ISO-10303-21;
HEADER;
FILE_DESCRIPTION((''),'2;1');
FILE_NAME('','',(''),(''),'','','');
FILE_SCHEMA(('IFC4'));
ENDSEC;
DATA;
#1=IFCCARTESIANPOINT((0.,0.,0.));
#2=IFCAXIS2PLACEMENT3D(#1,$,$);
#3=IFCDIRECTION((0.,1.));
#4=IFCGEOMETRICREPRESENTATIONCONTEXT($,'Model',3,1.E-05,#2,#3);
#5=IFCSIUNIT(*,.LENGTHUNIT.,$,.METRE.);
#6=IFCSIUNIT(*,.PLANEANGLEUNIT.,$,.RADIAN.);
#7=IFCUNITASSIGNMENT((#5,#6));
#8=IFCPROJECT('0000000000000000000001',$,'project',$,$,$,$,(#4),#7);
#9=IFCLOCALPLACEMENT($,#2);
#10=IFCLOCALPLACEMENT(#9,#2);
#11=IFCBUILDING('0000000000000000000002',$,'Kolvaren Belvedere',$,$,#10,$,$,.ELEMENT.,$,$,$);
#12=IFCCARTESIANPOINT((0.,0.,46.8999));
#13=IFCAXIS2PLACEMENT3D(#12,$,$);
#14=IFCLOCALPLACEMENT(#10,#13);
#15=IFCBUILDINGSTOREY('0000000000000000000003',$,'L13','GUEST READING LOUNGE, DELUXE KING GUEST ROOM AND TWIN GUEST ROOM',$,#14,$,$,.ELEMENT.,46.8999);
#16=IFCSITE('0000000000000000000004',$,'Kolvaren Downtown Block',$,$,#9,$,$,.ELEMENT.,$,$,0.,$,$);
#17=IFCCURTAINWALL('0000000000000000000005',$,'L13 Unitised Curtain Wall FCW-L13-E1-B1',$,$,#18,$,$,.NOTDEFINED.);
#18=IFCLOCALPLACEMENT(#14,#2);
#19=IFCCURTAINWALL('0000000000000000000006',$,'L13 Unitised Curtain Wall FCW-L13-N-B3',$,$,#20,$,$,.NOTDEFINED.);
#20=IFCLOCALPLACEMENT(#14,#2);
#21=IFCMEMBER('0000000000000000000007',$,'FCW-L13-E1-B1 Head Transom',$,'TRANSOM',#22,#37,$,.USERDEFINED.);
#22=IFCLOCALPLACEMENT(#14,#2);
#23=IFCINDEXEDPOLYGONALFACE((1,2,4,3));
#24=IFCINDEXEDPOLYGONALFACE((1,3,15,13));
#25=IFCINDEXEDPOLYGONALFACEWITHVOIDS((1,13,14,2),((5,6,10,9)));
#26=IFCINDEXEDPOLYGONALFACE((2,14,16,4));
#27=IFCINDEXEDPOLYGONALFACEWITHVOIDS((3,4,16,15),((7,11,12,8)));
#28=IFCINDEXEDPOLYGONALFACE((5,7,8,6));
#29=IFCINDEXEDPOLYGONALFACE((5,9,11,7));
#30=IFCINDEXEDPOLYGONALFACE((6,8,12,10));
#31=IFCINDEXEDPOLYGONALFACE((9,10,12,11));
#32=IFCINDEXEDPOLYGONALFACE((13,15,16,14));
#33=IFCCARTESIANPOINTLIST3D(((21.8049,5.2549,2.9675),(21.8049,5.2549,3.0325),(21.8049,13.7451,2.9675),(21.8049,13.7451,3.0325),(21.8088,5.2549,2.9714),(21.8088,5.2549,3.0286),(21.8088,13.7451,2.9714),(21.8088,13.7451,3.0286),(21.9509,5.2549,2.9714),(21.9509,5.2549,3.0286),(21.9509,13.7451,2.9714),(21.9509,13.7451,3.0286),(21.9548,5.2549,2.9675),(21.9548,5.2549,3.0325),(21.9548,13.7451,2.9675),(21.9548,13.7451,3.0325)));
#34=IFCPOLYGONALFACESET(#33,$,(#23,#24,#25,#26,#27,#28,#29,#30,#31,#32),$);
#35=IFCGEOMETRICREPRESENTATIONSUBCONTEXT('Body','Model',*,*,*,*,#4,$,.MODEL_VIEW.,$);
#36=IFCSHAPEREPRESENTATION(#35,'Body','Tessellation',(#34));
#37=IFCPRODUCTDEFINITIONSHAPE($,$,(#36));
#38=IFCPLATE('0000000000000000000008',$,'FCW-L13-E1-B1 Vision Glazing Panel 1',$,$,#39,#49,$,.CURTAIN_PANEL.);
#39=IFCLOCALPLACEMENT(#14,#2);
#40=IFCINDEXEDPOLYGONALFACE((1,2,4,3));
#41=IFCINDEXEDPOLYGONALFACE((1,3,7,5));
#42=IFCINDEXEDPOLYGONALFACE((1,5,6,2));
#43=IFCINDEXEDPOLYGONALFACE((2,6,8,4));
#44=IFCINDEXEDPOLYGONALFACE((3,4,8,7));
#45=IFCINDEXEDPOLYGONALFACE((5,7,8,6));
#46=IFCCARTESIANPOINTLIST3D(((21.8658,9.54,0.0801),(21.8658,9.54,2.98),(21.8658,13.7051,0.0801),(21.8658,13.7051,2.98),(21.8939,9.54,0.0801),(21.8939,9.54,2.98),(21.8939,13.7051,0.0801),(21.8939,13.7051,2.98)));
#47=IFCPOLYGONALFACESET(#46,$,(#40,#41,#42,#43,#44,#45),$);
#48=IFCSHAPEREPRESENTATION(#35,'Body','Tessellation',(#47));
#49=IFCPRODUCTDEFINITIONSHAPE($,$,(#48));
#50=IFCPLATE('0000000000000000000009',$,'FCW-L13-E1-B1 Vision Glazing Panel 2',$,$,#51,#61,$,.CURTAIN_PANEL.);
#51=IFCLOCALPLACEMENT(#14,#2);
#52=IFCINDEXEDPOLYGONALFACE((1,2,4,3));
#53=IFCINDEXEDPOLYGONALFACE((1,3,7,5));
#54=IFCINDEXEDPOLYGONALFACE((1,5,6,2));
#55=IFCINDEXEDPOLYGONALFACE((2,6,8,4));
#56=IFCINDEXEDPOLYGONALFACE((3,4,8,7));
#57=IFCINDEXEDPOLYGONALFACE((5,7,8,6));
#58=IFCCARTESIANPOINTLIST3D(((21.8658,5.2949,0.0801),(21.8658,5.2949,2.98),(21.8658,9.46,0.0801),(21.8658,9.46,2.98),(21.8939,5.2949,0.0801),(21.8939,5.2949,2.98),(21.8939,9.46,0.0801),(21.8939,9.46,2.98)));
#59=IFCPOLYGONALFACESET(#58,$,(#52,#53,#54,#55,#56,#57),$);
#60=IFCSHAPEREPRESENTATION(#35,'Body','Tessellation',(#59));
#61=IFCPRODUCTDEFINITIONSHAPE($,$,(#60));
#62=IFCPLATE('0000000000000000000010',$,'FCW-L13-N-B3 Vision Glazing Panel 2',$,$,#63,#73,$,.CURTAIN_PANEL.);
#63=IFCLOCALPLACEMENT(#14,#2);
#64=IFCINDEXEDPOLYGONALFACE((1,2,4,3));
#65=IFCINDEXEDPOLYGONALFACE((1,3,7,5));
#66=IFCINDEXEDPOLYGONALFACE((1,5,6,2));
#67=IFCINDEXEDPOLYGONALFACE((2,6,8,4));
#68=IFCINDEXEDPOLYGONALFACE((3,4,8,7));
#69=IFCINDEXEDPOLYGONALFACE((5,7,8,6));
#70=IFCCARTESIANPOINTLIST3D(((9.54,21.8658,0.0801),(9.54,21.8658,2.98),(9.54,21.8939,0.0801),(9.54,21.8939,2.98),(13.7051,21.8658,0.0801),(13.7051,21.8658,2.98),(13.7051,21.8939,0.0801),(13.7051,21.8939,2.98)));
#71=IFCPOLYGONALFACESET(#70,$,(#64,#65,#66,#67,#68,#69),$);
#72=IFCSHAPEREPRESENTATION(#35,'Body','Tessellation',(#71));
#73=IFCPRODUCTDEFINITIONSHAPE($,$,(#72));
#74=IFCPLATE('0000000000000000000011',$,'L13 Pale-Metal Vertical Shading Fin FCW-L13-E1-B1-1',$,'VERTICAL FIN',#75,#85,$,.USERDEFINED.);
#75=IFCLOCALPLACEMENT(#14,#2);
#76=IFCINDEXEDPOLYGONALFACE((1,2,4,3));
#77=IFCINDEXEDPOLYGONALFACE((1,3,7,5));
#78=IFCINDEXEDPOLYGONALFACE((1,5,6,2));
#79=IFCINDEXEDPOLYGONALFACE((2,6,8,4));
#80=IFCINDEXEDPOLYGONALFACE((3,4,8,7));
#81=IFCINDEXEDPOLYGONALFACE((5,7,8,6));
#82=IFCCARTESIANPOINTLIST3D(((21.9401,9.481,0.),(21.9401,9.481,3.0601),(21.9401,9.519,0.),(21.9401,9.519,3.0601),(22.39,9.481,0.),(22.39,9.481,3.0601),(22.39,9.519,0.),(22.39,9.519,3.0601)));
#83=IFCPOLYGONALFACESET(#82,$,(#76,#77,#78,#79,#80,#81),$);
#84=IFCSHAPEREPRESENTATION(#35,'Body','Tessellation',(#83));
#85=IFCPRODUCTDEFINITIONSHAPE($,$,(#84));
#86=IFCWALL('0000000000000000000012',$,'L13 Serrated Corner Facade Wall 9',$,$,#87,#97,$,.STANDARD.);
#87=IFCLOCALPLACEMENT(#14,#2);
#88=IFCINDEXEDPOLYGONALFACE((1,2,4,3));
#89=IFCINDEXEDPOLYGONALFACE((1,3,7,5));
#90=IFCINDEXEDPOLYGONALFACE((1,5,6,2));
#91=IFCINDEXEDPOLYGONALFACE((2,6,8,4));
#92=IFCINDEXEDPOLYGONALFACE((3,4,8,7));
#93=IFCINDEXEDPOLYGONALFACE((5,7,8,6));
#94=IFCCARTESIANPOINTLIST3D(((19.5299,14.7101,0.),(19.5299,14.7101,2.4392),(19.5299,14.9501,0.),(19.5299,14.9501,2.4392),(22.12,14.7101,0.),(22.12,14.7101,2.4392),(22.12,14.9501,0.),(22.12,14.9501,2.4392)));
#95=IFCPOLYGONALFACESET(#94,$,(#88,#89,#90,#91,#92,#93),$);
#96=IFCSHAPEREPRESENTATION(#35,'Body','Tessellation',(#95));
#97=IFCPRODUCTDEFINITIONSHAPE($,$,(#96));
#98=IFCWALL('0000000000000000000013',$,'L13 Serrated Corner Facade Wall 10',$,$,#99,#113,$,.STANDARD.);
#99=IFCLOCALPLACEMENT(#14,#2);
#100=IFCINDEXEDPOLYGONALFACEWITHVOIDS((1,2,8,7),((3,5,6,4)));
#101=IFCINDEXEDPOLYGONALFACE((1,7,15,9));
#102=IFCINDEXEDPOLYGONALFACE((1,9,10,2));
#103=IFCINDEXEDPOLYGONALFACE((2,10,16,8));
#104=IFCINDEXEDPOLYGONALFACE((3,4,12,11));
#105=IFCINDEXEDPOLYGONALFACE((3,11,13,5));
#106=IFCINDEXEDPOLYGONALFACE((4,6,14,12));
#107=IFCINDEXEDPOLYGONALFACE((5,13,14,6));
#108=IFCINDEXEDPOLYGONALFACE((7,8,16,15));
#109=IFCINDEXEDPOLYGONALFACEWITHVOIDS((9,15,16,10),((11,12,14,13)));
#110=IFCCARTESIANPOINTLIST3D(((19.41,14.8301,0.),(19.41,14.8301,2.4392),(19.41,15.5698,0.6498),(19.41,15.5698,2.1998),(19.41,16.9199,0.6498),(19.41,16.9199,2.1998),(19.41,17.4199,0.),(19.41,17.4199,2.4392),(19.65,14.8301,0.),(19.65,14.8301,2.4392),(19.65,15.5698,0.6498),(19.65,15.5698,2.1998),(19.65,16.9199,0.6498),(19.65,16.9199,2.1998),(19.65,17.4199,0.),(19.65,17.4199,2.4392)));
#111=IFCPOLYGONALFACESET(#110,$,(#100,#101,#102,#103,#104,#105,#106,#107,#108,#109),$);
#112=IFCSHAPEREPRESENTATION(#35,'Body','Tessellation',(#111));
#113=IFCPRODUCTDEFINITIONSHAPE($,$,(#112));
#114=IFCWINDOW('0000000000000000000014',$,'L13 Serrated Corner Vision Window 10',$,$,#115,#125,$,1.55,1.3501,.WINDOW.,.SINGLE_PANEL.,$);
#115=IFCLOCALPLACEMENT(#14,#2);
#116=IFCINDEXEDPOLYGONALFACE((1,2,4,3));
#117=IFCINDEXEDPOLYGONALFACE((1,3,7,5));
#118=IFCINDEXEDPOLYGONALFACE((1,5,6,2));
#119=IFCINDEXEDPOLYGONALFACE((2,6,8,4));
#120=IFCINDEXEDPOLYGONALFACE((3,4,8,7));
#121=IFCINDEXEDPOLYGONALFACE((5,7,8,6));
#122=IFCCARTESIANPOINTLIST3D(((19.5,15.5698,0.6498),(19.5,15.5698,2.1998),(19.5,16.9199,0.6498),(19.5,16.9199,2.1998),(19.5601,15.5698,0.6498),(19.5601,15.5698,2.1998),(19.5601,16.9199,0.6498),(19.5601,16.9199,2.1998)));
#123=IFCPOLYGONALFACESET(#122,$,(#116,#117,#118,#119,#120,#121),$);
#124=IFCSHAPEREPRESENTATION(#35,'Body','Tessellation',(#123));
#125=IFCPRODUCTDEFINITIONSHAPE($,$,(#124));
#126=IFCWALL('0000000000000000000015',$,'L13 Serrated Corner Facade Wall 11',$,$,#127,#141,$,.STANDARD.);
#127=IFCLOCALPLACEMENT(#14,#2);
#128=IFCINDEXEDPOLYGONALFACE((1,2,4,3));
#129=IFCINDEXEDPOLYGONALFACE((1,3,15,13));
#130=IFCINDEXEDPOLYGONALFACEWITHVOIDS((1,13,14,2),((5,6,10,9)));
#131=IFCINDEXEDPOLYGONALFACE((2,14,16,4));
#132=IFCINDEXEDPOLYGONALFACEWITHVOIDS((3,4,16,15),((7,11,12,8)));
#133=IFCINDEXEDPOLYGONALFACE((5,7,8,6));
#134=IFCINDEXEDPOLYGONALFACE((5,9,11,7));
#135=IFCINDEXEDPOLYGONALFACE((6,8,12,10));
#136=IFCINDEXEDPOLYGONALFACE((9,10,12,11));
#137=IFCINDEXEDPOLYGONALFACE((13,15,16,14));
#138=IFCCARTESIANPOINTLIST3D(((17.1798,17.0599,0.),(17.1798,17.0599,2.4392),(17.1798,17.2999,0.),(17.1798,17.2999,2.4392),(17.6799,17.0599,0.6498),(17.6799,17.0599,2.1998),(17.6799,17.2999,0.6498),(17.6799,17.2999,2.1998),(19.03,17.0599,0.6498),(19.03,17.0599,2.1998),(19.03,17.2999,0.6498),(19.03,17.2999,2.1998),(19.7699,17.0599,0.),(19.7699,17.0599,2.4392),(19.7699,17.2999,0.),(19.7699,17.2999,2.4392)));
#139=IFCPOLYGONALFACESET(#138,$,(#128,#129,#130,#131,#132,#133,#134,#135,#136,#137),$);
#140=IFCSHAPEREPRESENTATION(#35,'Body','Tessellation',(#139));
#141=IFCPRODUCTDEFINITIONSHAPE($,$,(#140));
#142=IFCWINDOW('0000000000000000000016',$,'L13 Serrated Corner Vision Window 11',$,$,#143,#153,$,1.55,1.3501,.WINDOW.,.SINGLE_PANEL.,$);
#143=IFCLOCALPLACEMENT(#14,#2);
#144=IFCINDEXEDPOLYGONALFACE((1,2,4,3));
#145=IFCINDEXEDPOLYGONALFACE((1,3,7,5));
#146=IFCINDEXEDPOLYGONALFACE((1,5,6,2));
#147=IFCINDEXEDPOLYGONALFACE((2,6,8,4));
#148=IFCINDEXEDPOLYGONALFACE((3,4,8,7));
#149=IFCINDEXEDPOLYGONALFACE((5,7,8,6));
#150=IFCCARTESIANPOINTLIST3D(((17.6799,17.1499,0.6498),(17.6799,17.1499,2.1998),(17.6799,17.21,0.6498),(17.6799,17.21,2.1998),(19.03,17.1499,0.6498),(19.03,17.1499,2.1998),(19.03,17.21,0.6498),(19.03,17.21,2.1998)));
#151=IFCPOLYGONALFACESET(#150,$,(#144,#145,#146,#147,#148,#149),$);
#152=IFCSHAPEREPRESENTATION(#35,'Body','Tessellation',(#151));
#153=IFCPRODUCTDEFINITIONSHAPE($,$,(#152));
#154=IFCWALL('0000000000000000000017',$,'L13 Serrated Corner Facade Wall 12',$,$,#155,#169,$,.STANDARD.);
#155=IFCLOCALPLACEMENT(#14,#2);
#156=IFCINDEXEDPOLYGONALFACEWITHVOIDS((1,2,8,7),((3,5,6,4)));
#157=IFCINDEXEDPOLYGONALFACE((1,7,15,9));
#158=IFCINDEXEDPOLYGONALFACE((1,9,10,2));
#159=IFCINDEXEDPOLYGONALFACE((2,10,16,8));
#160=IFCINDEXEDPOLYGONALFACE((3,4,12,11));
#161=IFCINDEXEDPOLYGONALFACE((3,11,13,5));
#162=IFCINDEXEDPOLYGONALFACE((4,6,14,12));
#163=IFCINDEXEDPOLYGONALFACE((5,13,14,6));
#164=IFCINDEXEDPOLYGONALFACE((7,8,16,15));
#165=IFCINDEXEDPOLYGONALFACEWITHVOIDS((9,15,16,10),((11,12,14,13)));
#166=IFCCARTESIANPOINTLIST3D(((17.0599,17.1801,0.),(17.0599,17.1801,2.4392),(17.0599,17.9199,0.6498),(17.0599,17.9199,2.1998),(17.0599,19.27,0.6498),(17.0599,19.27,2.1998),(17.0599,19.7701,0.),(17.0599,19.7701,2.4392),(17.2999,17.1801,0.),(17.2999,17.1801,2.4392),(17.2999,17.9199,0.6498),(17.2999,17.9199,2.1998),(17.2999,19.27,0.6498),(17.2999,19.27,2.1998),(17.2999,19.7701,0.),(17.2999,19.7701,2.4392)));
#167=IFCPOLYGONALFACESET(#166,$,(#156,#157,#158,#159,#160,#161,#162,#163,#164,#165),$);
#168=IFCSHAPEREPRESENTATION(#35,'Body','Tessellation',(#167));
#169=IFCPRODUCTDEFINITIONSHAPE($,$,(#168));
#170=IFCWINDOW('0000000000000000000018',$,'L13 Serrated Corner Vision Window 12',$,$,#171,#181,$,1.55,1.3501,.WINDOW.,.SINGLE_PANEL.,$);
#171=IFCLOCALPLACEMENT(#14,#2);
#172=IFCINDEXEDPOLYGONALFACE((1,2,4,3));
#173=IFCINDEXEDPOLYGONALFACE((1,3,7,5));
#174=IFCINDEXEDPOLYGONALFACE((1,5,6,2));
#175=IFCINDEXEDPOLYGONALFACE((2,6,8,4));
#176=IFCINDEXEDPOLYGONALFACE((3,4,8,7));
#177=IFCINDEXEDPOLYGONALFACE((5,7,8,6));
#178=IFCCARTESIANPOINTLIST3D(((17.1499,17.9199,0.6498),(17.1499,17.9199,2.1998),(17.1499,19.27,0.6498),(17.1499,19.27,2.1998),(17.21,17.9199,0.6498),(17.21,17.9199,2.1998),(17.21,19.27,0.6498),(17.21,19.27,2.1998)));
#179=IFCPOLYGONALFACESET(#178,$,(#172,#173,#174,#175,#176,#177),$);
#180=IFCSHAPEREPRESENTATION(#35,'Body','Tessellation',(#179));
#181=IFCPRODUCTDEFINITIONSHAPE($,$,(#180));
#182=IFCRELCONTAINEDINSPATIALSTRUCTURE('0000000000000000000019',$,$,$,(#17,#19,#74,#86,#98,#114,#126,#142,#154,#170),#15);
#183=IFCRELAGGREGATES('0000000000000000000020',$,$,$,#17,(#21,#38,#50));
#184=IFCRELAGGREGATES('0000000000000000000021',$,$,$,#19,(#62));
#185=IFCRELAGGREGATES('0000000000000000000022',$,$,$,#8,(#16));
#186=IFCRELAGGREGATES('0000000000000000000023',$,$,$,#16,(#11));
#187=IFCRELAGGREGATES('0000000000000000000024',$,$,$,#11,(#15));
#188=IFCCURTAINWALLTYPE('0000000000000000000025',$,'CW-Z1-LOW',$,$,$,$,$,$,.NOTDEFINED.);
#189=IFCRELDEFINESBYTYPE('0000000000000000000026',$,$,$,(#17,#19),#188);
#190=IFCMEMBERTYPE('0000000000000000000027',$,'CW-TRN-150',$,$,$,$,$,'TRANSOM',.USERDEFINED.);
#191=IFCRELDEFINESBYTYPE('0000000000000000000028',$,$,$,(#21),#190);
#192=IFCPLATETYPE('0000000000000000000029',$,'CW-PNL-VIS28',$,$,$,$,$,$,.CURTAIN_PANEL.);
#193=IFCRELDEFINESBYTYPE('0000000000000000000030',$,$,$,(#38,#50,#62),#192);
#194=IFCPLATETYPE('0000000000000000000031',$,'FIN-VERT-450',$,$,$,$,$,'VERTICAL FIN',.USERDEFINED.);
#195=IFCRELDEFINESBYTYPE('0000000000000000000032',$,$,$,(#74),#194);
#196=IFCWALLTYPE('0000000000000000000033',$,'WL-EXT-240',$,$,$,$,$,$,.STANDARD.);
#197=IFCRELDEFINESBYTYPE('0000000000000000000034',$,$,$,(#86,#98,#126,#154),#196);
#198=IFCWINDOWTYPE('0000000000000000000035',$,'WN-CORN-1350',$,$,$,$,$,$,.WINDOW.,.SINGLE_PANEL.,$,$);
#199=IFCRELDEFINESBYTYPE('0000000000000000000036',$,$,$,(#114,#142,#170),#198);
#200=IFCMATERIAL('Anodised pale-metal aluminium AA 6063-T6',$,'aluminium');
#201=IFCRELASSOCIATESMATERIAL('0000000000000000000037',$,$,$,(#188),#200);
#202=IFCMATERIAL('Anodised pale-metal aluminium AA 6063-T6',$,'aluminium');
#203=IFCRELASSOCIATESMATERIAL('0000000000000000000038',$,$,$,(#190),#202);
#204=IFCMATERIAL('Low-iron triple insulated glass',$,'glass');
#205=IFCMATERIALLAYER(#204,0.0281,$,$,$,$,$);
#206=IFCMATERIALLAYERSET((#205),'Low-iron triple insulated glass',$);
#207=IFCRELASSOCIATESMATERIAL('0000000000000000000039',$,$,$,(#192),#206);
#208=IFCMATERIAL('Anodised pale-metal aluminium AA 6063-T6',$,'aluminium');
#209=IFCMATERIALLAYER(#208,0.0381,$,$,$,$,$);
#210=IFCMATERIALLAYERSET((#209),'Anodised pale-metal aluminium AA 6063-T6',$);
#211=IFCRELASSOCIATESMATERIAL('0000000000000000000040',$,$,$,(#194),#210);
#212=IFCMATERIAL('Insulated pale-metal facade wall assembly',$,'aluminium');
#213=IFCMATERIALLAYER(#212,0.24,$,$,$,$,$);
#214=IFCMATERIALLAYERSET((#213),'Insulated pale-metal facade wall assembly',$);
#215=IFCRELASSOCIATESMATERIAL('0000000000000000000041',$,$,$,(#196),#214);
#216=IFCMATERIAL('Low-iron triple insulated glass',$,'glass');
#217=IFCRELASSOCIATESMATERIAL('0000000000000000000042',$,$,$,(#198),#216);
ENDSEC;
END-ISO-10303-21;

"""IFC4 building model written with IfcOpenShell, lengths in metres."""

from ifc_helpers import new_model, si_unit, direction, frame, frame_2d, origin, origin_2d, place, context, subcontext, project, spatial, rectangle, hollow_rectangle, extrude, material, layer, layer_set, material_profile, profile_set, type_object, element, fill, aggregate, save


model = new_model("IFC4")

# Units and contexts
model_context = context("Model", 3, precision=1e-05, world=origin(), true_north=direction((0.0, 1.0)))
body_context = subcontext(model_context, "Body", "Model", "MODEL_VIEW")
ifc_project = project(units=[si_unit("LENGTHUNIT", "METRE"), si_unit("PLANEANGLEUNIT", "RADIAN")], contexts=[model_context])

# Site, building, storey
site_placement = place(None, origin())
site = spatial("IfcSite", under=ifc_project, at=site_placement, Name="Kolvaren Downtown Block", CompositionType="ELEMENT", RefElevation=0.0)
building_placement = place(site_placement, origin())
building = spatial("IfcBuilding", under=site, at=building_placement, Name="Kolvaren Belvedere", CompositionType="ELEMENT")
storey_placement = place(building_placement, frame((0.0, 0.0, 46.8999)))
storey = spatial("IfcBuildingStorey", under=building, at=storey_placement, Name="L13", Description="GUEST READING LOUNGE, DELUXE KING GUEST ROOM AND TWIN GUEST ROOM", CompositionType="ELEMENT", Elevation=46.8999)

# Curtain wall
ifc_material_1 = material(Name="Anodised pale-metal aluminium AA 6063-T6", Category="aluminium")
curtain_wall_type = type_object("IfcCurtainWallType", Name="CW-Z1-LOW", PredefinedType="NOTDEFINED", material=ifc_material_1)
curtain_wall_1_placement = place(storey_placement, origin())
curtain_wall_1 = element("IfcCurtainWall", 1, at=curtain_wall_1_placement, inside=storey, type_object=curtain_wall_type, Name="L13 Unitised Curtain Wall FCW-L13-E1-B1", PredefinedType="NOTDEFINED")

# Curtain wall
curtain_wall_2_placement = place(storey_placement, origin())
curtain_wall_2 = element("IfcCurtainWall", 2, at=curtain_wall_2_placement, inside=storey, type_object=curtain_wall_type, Name="L13 Unitised Curtain Wall FCW-L13-N-B3", PredefinedType="NOTDEFINED")

# Member
ifc_material_2 = material(Name="Anodised pale-metal aluminium AA 6063-T6", Category="aluminium")
ifc_material_profile_1 = material_profile(ifc_material_2, hollow_rectangle(XDim=0.0649, YDim=0.1499, WallThickness=0.0039, at=origin_2d()), Name="ALU-TRN-150X65")
ifc_profile_set_1 = profile_set([ifc_material_profile_1], Name="Anodised pale-metal aluminium AA 6063-T6")
member_type_1 = type_object("IfcMemberType", Name="CW-TRN-150", ElementType="TRANSOM", PredefinedType="USERDEFINED", material=ifc_profile_set_1)
member_1_placement = place(storey_placement, frame((21.8799, 13.7451, 3.0), z_axis=(0.0, -1.0, 0.0), x_axis=(0.0, 0.0, 1.0)))
member_1 = element("IfcMember", 3, at=member_1_placement, type_object=member_type_1, Name="FCW-L13-E1-B1 Head Transom", ObjectType="TRANSOM", PredefinedType="USERDEFINED", context=body_context, shape_type="SweptSolid", body=[
    extrude(hollow_rectangle(XDim=0.0649, YDim=0.1499, WallThickness=0.0039, at=origin_2d()), origin(), (0.0, 0.0, 1.0), 8.4902),
])

# Plates
ifc_material_3 = material(Name="Low-iron triple insulated glass", Category="glass")
ifc_layer_1 = layer(ifc_material_3, 0.0281)
ifc_layer_set_1 = layer_set([ifc_layer_1], Name="Low-iron triple insulated glass")
plate_type_1 = type_object("IfcPlateType", Name="CW-PNL-VIS28", PredefinedType="CURTAIN_PANEL", material=ifc_layer_set_1)
plate_1_placement = place(storey_placement, frame((21.8799, 11.6226, 0.0801), z_axis=(0.0, 0.0, 1.0), x_axis=(0.0, -1.0, 0.0)))
plate_1 = element("IfcPlate", 4, at=plate_1_placement, type_object=plate_type_1, Name="FCW-L13-E1-B1 Vision Glazing Panel 1", PredefinedType="CURTAIN_PANEL", context=body_context, shape_type="SweptSolid", body=[
    extrude(rectangle(XDim=4.165, YDim=0.0281, at=origin_2d()), origin(), (0.0, 0.0, 1.0), 2.8999),
])
plate_2_placement = place(storey_placement, frame((21.8799, 7.3774, 0.0801), z_axis=(0.0, 0.0, 1.0), x_axis=(0.0, -1.0, 0.0)))
plate_2 = element("IfcPlate", 5, at=plate_2_placement, type_object=plate_type_1, Name="FCW-L13-E1-B1 Vision Glazing Panel 2", PredefinedType="CURTAIN_PANEL", context=body_context, shape_type="SweptSolid", body=[
    extrude(rectangle(XDim=4.165, YDim=0.0281, at=origin_2d()), origin(), (0.0, 0.0, 1.0), 2.8999),
])
aggregate(curtain_wall_1, [member_1, plate_1, plate_2])
plate_3_placement = place(storey_placement, frame((11.6226, 21.8799, 0.0801), z_axis=(0.0, 0.0, 1.0), x_axis=(1.0, 0.0, 0.0)))
plate_3 = element("IfcPlate", 6, at=plate_3_placement, type_object=plate_type_1, Name="FCW-L13-N-B3 Vision Glazing Panel 2", PredefinedType="CURTAIN_PANEL", context=body_context, shape_type="SweptSolid", body=[
    extrude(rectangle(XDim=4.165, YDim=0.0281, at=origin_2d()), origin(), (0.0, 0.0, 1.0), 2.8999),
])
aggregate(curtain_wall_2, [plate_3])
ifc_material_4 = material(Name="Anodised pale-metal aluminium AA 6063-T6", Category="aluminium")
ifc_layer_2 = layer(ifc_material_4, 0.0381)
ifc_layer_set_2 = layer_set([ifc_layer_2], Name="Anodised pale-metal aluminium AA 6063-T6")
plate_type_2 = type_object("IfcPlateType", Name="FIN-VERT-450", ElementType="VERTICAL FIN", PredefinedType="USERDEFINED", material=ifc_layer_set_2)
plate_4_placement = place(storey_placement, frame((22.165, 9.5, 0.0), z_axis=(0.0, 0.0, 1.0), x_axis=(1.0, 0.0, 0.0)))
element("IfcPlate", 7, at=plate_4_placement, inside=storey, type_object=plate_type_2, Name="L13 Pale-Metal Vertical Shading Fin FCW-L13-E1-B1-1", ObjectType="VERTICAL FIN", PredefinedType="USERDEFINED", context=body_context, shape_type="SweptSolid", body=[
    extrude(rectangle(XDim=0.45, YDim=0.0381, at=origin_2d()), origin(), (0.0, 0.0, 1.0), 3.0601),
])

# Wall
ifc_material_5 = material(Name="Insulated pale-metal facade wall assembly", Category="aluminium")
ifc_layer_3 = layer(ifc_material_5, 0.24)
ifc_layer_set_3 = layer_set([ifc_layer_3], Name="Insulated pale-metal facade wall assembly")
wall_type_1 = type_object("IfcWallType", Name="WL-EXT-240", PredefinedType="STANDARD", material=ifc_layer_set_3)
wall_1_placement = place(storey_placement, frame((19.53, 14.8301, 0.0), z_axis=(0.0, 0.0, 1.0), x_axis=(1.0, 0.0, 0.0)))
element("IfcWall", 8, at=wall_1_placement, inside=storey, type_object=wall_type_1, Name="L13 Serrated Corner Facade Wall 9", PredefinedType="STANDARD", context=body_context, shape_type="SweptSolid", body=[
    extrude(rectangle(XDim=2.5901, YDim=0.24, at=frame_2d((1.2949, 0.0))), origin(), (0.0, 0.0, 1.0), 2.4392),
])

# Walls, openings, windows
wall_2_placement = place(storey_placement, frame((19.53, 17.4199, 0.0), z_axis=(0.0, 0.0, 1.0), x_axis=(0.0, -1.0, 0.0)))
wall_2 = element("IfcWall", 9, at=wall_2_placement, inside=storey, type_object=wall_type_1, Name="L13 Serrated Corner Facade Wall 10", PredefinedType="STANDARD", context=body_context, shape_type="SweptSolid", body=[
    extrude(rectangle(XDim=2.5898, YDim=0.24, at=frame_2d((1.2949, 0.0))), origin(), (0.0, 0.0, 1.0), 2.4392),
])
opening_1_placement = place(wall_2_placement, frame((0.5, 0.0, 0.6499)))
opening_1 = element("IfcOpeningElement", 10, at=opening_1_placement, cuts=wall_2, PredefinedType="OPENING", context=body_context, shape_type="SweptSolid", body=[
    extrude(rectangle(XDim=1.3501, YDim=1.55, at=frame_2d((0.675, 0.7749))), frame((0.0, 0.1299, 0.0), z_axis=(0.0, -1.0, 0.0), x_axis=(1.0, 0.0, 0.0)), (0.0, 0.0, 1.0), 0.26),
])
ifc_material_6 = material(Name="Low-iron triple insulated glass", Category="glass")
window_type = type_object("IfcWindowType", Name="WN-CORN-1350", PartitioningType="SINGLE_PANEL", PredefinedType="WINDOW", material=ifc_material_6)
window_1_placement = place(opening_1_placement, origin())
window_1 = element("IfcWindow", 11, at=window_1_placement, inside=storey, type_object=window_type, Name="L13 Serrated Corner Vision Window 10", OverallHeight=1.55, OverallWidth=1.3501, PartitioningType="SINGLE_PANEL", PredefinedType="WINDOW", context=body_context, shape_type="SweptSolid", body=[
    extrude(rectangle(XDim=1.3501, YDim=1.55, at=frame_2d((0.675, 0.7749))), frame((0.0, 0.03, 0.0), z_axis=(0.0, -1.0, 0.0), x_axis=(1.0, 0.0, 0.0)), (0.0, 0.0, 1.0), 0.0601),
])
fill(opening_1, window_1)
wall_3_placement = place(storey_placement, frame((17.1799, 17.1799, 0.0), z_axis=(0.0, 0.0, 1.0), x_axis=(1.0, 0.0, 0.0)))
wall_3 = element("IfcWall", 12, at=wall_3_placement, inside=storey, type_object=wall_type_1, Name="L13 Serrated Corner Facade Wall 11", PredefinedType="STANDARD", context=body_context, shape_type="SweptSolid", body=[
    extrude(rectangle(XDim=2.5901, YDim=0.24, at=frame_2d((1.2949, 0.0))), origin(), (0.0, 0.0, 1.0), 2.4392),
])
opening_2_placement = place(wall_3_placement, frame((0.5, 0.0, 0.6499)))
opening_2 = element("IfcOpeningElement", 13, at=opening_2_placement, cuts=wall_3, PredefinedType="OPENING", context=body_context, shape_type="SweptSolid", body=[
    extrude(rectangle(XDim=1.3501, YDim=1.55, at=frame_2d((0.675, 0.7749))), frame((0.0, 0.1299, 0.0), z_axis=(0.0, -1.0, 0.0), x_axis=(1.0, 0.0, 0.0)), (0.0, 0.0, 1.0), 0.26),
])
window_2_placement = place(opening_2_placement, origin())
window_2 = element("IfcWindow", 14, at=window_2_placement, inside=storey, type_object=window_type, Name="L13 Serrated Corner Vision Window 11", OverallHeight=1.55, OverallWidth=1.3501, PartitioningType="SINGLE_PANEL", PredefinedType="WINDOW", context=body_context, shape_type="SweptSolid", body=[
    extrude(rectangle(XDim=1.3501, YDim=1.55, at=frame_2d((0.675, 0.7749))), frame((0.0, 0.03, 0.0), z_axis=(0.0, -1.0, 0.0), x_axis=(1.0, 0.0, 0.0)), (0.0, 0.0, 1.0), 0.0601),
])
fill(opening_2, window_2)
wall_4_placement = place(storey_placement, frame((17.1799, 19.77, 0.0), z_axis=(0.0, 0.0, 1.0), x_axis=(0.0, -1.0, 0.0)))
wall_4 = element("IfcWall", 15, at=wall_4_placement, inside=storey, type_object=wall_type_1, Name="L13 Serrated Corner Facade Wall 12", PredefinedType="STANDARD", context=body_context, shape_type="SweptSolid", body=[
    extrude(rectangle(XDim=2.5901, YDim=0.24, at=frame_2d((1.2949, 0.0))), origin(), (0.0, 0.0, 1.0), 2.4392),
])
opening_3_placement = place(wall_4_placement, frame((0.5, 0.0, 0.6499)))
opening_3 = element("IfcOpeningElement", 16, at=opening_3_placement, cuts=wall_4, PredefinedType="OPENING", context=body_context, shape_type="SweptSolid", body=[
    extrude(rectangle(XDim=1.3501, YDim=1.55, at=frame_2d((0.675, 0.7749))), frame((0.0, 0.1299, 0.0), z_axis=(0.0, -1.0, 0.0), x_axis=(1.0, 0.0, 0.0)), (0.0, 0.0, 1.0), 0.26),
])
window_3_placement = place(opening_3_placement, origin())
window_3 = element("IfcWindow", 17, at=window_3_placement, inside=storey, type_object=window_type, Name="L13 Serrated Corner Vision Window 12", OverallHeight=1.55, OverallWidth=1.3501, PartitioningType="SINGLE_PANEL", PredefinedType="WINDOW", context=body_context, shape_type="SweptSolid", body=[
    extrude(rectangle(XDim=1.3501, YDim=1.55, at=frame_2d((0.675, 0.7749))), frame((0.0, 0.03, 0.0), z_axis=(0.0, -1.0, 0.0), x_axis=(1.0, 0.0, 0.0)), (0.0, 0.0, 1.0), 0.0601),
])
fill(opening_3, window_3)

save(model, "model.ifc")
